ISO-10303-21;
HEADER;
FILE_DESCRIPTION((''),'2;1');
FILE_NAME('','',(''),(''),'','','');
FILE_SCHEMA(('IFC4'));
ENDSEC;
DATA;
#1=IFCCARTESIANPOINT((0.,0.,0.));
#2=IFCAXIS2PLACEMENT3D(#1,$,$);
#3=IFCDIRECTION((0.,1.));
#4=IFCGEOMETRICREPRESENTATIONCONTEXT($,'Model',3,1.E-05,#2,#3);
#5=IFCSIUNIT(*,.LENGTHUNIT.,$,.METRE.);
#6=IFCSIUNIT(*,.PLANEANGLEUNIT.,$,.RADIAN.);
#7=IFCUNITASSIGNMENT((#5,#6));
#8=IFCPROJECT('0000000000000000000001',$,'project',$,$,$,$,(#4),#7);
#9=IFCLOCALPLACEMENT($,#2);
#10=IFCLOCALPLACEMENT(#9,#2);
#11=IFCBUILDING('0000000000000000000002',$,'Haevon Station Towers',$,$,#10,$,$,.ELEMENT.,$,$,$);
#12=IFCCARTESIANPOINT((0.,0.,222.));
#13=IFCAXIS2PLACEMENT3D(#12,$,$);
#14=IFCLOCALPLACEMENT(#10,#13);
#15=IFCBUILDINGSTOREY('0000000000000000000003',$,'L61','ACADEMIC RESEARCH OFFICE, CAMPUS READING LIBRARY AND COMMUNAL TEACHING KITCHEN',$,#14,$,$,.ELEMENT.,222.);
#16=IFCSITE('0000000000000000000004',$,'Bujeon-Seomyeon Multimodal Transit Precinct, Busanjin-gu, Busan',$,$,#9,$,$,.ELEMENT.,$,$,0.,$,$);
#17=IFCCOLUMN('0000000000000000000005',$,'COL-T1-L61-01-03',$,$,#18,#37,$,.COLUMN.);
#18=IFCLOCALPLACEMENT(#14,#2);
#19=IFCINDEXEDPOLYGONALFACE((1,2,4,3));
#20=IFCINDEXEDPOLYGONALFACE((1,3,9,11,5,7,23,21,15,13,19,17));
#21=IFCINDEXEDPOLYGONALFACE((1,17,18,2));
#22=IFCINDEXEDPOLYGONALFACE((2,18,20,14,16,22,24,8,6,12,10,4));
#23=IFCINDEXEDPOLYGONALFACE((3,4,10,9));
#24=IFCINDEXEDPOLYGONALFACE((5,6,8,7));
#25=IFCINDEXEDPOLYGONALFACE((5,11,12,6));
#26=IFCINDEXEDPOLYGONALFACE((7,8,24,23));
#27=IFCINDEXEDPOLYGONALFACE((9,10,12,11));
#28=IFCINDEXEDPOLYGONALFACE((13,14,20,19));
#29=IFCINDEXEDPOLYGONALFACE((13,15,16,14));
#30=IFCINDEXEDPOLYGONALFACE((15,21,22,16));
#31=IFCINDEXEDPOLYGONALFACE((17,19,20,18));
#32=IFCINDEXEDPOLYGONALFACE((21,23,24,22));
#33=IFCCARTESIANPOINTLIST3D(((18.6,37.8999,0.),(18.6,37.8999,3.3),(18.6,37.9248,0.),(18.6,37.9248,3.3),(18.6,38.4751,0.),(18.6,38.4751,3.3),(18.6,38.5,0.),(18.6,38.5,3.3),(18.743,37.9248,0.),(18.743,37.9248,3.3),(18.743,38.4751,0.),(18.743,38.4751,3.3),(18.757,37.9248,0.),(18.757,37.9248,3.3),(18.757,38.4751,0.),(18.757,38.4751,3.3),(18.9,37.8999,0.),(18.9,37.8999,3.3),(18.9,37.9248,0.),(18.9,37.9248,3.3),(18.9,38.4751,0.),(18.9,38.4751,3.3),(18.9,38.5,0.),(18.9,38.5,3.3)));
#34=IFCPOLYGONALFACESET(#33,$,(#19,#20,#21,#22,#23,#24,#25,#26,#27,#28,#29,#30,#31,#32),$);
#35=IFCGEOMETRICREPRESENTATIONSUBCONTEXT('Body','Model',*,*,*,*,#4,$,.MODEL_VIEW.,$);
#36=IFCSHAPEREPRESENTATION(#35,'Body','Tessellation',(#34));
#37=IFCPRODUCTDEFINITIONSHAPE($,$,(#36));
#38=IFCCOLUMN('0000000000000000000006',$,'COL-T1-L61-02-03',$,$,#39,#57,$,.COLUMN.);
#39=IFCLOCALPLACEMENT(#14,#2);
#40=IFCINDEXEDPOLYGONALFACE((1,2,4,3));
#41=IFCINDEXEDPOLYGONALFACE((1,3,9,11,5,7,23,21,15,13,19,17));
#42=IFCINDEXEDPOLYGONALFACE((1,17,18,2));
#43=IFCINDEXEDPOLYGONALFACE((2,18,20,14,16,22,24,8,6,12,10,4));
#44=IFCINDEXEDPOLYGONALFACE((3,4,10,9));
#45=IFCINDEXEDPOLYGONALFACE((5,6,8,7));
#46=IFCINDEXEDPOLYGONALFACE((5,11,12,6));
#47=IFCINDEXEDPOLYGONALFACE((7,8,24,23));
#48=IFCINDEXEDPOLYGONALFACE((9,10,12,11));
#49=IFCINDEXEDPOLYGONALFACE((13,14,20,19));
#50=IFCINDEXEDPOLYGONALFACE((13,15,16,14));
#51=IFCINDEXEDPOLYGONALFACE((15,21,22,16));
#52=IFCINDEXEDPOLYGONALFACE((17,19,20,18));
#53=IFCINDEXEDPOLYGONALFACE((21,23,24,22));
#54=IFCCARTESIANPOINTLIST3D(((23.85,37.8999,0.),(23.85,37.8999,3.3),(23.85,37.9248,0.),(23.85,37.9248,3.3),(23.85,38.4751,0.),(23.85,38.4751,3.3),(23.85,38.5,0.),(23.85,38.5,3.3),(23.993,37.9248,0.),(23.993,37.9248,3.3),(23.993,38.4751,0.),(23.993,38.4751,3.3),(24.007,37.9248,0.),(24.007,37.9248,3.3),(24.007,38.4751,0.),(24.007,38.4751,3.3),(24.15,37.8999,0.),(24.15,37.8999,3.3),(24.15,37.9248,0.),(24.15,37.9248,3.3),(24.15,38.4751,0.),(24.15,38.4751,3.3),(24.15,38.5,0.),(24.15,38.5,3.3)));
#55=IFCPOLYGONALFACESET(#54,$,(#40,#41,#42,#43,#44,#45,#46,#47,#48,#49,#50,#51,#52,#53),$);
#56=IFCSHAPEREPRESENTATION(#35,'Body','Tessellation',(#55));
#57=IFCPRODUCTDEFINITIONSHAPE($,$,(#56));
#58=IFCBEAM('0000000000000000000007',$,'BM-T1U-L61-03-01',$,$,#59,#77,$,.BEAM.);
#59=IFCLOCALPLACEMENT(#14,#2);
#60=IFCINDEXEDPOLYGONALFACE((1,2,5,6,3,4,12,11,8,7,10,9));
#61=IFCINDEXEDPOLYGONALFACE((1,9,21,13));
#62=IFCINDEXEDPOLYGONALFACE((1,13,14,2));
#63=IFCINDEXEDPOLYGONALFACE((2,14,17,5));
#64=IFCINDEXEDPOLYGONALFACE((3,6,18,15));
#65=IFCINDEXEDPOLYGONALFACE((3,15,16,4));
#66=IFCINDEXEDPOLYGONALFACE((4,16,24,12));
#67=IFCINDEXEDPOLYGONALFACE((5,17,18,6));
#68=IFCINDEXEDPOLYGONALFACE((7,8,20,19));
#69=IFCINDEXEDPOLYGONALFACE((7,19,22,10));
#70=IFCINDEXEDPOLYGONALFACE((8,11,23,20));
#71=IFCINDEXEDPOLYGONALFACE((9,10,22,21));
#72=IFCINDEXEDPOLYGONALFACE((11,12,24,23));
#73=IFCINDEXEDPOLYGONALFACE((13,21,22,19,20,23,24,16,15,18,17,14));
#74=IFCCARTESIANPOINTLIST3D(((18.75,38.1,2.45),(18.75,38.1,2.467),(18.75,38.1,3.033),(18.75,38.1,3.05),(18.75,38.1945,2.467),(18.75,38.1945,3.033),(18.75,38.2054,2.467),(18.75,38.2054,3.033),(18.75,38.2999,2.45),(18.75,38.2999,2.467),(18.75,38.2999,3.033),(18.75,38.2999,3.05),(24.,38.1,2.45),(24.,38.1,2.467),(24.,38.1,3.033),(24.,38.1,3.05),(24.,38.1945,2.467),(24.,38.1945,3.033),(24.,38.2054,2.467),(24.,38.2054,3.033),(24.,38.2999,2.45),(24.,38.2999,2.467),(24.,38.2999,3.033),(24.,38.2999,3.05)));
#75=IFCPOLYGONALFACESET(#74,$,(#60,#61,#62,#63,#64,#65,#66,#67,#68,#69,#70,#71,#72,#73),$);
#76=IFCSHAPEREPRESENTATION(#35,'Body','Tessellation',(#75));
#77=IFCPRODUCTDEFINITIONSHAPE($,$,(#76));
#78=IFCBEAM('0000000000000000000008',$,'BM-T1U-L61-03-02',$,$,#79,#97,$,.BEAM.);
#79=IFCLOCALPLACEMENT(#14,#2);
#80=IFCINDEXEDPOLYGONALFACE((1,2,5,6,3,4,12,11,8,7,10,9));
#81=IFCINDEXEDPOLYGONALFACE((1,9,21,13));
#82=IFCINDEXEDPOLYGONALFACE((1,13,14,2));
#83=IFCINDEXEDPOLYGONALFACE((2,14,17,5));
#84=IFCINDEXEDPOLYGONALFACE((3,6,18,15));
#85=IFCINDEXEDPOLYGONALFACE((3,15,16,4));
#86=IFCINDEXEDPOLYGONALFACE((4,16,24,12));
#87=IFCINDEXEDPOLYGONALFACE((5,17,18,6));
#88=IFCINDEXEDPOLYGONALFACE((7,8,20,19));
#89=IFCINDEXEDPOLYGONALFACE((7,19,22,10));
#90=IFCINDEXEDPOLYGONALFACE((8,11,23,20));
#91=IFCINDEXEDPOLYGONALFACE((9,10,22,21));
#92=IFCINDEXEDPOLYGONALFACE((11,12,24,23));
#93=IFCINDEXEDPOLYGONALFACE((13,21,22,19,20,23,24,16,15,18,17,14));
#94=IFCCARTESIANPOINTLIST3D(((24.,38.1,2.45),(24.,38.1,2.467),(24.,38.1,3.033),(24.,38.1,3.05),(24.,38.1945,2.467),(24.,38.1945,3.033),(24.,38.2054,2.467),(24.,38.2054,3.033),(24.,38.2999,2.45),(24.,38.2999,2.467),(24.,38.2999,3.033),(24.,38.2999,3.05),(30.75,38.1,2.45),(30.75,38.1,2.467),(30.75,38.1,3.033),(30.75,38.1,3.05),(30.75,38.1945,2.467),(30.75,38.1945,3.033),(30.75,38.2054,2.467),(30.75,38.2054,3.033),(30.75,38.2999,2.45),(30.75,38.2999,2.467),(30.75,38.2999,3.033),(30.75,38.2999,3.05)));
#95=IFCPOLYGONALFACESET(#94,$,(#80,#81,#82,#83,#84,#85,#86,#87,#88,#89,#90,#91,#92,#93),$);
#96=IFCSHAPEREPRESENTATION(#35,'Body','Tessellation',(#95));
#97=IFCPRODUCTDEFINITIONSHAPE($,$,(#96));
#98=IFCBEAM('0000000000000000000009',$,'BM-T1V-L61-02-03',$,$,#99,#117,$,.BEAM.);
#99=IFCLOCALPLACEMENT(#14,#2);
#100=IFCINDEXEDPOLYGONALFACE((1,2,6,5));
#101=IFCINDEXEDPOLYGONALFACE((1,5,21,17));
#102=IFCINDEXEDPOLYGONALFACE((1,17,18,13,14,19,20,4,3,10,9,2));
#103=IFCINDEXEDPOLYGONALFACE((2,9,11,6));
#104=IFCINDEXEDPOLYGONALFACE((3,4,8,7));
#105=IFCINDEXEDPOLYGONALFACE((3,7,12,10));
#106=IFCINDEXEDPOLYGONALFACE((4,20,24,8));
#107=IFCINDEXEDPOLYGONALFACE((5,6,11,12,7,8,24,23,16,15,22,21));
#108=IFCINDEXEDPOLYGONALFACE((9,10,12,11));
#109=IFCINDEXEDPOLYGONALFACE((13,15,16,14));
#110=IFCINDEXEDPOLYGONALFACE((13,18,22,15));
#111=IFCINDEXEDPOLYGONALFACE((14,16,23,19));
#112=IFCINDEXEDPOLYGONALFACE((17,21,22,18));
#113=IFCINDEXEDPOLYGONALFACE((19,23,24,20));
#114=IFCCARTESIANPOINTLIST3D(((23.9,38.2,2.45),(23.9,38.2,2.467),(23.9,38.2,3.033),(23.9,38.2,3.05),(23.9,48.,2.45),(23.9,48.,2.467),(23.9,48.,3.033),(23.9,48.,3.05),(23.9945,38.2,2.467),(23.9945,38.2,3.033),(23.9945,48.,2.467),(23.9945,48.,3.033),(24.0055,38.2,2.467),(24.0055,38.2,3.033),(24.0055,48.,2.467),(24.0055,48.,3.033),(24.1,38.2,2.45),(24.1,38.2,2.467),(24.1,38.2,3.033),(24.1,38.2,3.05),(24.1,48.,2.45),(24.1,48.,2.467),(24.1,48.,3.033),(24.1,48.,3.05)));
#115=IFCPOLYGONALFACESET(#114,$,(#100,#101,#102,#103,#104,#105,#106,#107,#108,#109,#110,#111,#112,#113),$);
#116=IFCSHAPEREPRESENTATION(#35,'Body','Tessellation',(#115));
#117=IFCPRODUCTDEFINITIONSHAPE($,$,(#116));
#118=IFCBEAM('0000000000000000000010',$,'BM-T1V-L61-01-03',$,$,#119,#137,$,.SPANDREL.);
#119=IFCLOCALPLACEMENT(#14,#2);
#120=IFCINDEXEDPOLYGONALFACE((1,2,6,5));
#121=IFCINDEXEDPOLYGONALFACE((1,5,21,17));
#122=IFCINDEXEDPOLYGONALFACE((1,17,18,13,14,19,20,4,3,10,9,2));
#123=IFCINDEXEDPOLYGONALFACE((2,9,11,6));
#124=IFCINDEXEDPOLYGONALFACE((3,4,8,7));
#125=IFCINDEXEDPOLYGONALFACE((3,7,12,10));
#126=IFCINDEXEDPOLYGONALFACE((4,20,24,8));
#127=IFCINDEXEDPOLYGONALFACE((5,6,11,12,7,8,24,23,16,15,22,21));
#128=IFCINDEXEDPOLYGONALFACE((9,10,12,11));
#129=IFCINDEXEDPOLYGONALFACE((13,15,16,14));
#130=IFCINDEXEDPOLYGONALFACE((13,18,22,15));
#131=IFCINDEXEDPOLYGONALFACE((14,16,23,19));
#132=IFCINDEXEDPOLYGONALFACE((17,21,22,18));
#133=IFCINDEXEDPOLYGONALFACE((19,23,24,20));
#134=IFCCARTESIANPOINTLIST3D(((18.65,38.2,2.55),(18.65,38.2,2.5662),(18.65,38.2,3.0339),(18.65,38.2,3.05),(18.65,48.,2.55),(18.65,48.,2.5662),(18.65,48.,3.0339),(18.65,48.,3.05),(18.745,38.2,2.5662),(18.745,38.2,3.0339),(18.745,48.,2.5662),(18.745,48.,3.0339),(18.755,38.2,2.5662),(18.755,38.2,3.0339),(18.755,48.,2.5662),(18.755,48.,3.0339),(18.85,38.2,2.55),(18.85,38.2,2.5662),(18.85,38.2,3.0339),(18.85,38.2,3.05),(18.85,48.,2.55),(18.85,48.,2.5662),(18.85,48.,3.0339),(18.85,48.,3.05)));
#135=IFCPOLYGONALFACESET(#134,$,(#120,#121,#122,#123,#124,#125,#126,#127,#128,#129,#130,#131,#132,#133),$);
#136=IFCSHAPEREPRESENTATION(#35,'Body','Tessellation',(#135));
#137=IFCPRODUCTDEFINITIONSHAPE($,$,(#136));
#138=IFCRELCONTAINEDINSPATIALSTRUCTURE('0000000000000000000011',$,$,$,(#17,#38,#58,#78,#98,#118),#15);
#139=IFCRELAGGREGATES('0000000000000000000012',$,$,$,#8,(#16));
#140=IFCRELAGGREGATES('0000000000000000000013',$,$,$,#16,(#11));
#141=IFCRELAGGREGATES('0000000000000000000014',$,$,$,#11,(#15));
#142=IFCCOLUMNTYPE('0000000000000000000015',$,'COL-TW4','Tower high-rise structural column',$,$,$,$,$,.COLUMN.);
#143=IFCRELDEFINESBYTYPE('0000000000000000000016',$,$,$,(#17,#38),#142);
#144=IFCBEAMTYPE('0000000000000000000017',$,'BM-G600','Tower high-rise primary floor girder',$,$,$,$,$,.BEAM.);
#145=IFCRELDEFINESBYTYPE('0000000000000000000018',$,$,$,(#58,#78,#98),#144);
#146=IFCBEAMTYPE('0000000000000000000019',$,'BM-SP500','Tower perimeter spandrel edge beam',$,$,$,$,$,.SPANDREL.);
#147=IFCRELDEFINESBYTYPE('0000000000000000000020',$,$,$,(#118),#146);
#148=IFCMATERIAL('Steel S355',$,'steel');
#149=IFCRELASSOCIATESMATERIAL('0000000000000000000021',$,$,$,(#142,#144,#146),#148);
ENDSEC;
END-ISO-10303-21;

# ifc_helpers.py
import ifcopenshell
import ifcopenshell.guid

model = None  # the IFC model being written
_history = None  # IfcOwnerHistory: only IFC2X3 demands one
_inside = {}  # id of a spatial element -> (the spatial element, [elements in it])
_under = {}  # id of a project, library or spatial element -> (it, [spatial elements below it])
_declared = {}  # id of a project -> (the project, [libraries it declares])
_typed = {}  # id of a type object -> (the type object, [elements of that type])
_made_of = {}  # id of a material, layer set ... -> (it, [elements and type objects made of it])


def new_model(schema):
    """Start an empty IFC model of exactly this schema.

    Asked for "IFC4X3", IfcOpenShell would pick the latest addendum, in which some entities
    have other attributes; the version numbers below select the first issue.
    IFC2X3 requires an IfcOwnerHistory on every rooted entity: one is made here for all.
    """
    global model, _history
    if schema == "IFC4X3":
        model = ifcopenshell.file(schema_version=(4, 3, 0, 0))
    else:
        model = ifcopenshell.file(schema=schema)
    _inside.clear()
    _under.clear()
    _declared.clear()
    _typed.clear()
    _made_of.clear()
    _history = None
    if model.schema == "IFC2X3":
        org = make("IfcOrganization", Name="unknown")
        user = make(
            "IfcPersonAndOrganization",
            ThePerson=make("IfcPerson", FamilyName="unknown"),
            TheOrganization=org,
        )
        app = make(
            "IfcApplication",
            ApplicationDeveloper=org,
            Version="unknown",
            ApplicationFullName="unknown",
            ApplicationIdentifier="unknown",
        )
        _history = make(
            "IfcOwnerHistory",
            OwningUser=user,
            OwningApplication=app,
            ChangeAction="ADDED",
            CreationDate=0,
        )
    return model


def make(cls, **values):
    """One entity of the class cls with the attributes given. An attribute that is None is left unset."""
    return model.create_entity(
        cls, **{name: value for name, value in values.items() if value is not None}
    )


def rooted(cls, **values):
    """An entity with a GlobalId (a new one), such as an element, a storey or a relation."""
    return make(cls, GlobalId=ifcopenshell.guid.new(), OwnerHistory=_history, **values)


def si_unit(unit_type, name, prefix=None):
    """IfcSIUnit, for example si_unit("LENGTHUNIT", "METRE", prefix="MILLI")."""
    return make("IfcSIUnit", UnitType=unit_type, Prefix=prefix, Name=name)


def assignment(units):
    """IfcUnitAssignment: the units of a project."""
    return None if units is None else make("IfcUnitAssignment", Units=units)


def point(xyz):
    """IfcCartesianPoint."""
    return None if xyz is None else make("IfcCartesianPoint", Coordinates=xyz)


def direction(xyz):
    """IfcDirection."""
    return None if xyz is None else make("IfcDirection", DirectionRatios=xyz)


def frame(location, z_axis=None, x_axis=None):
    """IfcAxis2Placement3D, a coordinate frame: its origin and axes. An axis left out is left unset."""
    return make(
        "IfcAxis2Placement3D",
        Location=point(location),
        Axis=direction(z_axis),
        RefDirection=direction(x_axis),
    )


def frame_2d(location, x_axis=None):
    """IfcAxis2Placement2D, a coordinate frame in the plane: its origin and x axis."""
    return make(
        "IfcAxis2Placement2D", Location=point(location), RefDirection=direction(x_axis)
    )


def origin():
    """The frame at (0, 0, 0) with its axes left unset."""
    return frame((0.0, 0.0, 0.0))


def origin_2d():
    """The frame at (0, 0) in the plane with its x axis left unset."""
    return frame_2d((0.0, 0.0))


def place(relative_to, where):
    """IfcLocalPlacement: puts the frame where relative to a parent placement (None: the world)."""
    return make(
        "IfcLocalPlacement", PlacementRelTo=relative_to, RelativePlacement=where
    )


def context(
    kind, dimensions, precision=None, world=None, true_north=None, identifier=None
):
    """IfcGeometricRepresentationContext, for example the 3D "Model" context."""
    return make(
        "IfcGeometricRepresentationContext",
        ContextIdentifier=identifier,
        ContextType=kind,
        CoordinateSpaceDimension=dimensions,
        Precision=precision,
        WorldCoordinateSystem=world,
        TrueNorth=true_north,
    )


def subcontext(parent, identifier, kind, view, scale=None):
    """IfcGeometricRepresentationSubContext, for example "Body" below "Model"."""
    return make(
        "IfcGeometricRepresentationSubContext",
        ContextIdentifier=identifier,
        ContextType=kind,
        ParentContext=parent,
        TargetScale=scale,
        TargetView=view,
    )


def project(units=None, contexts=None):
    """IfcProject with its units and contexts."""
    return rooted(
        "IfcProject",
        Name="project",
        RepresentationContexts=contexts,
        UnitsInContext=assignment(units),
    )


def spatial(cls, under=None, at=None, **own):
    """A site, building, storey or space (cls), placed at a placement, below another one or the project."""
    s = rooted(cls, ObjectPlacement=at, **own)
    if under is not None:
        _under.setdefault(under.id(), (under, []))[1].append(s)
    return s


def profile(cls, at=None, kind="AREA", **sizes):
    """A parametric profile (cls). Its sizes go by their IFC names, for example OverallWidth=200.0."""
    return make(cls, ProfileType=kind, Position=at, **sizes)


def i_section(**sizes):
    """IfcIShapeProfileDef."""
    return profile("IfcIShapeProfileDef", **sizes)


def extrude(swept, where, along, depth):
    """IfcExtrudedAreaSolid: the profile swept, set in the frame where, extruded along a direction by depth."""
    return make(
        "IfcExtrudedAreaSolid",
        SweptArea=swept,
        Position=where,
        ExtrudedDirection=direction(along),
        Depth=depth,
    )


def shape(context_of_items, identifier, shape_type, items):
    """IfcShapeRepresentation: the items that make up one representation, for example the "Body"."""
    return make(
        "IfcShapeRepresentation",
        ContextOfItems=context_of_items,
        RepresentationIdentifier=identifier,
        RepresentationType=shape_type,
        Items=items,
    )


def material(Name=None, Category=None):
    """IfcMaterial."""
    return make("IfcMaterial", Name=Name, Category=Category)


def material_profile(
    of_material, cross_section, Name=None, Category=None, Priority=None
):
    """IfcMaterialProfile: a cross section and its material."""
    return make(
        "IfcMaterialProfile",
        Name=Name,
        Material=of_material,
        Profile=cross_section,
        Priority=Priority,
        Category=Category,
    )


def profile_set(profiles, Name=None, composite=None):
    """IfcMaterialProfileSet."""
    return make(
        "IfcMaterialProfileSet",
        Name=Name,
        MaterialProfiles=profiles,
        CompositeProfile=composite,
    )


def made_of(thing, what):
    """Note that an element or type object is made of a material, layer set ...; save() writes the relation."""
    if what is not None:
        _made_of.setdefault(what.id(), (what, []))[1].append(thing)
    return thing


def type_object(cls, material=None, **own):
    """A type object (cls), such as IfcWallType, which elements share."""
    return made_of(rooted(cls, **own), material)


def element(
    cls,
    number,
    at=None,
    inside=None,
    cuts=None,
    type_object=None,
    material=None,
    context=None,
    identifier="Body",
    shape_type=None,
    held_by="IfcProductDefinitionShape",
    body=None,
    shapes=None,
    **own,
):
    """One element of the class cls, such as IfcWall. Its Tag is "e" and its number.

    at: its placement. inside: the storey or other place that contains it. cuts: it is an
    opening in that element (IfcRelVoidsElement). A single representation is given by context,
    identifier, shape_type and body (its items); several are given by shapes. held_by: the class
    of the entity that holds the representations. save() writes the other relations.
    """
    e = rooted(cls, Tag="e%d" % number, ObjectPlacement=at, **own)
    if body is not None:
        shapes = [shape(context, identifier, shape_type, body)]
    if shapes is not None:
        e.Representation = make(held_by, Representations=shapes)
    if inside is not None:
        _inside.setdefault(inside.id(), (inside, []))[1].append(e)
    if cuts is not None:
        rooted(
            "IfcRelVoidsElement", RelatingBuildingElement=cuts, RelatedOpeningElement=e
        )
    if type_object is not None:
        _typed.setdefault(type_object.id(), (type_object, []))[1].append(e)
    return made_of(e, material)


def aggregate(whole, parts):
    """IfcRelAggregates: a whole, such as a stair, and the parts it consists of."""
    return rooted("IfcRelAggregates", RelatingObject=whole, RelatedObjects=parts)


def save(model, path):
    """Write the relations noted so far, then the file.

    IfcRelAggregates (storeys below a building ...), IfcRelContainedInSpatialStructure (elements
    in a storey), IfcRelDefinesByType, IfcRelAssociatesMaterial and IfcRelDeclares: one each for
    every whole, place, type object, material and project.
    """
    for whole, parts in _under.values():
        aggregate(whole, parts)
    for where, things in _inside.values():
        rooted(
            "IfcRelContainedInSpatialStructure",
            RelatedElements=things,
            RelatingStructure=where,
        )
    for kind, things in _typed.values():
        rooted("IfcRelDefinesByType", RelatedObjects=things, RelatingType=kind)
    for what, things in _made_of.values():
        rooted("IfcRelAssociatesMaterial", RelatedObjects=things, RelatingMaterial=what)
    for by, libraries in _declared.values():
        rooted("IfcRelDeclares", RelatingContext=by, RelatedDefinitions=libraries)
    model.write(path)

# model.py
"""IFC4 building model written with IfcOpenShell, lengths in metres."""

from ifc_helpers import new_model, si_unit, direction, frame, origin, origin_2d, place, context, subcontext, project, spatial, i_section, extrude, material, material_profile, profile_set, type_object, element, save


model = new_model("IFC4")

# Units and contexts
model_context = context("Model", 3, precision=1e-05, world=origin(), true_north=direction((0.0, 1.0)))
body_context = subcontext(model_context, "Body", "Model", "MODEL_VIEW")
ifc_project = project(units=[si_unit("LENGTHUNIT", "METRE"), si_unit("PLANEANGLEUNIT", "RADIAN")], contexts=[model_context])

# Site, building, storey
site_placement = place(None, origin())
site = spatial("IfcSite", under=ifc_project, at=site_placement, Name="Bujeon-Seomyeon Multimodal Transit Precinct, Busanjin-gu, Busan", CompositionType="ELEMENT", RefElevation=0.0)
building_placement = place(site_placement, origin())
building = spatial("IfcBuilding", under=site, at=building_placement, Name="Haevon Station Towers", CompositionType="ELEMENT")
storey_placement = place(building_placement, frame((0.0, 0.0, 222.0)))
storey = spatial("IfcBuildingStorey", under=building, at=storey_placement, Name="L61", Description="ACADEMIC RESEARCH OFFICE, CAMPUS READING LIBRARY AND COMMUNAL TEACHING KITCHEN", CompositionType="ELEMENT", Elevation=222.0)

# Columns
ifc_material_1 = material(Name="Steel S355", Category="steel")
ifc_material_profile_1 = material_profile(ifc_material_1, i_section(OverallWidth=0.3, OverallDepth=0.6001, WebThickness=0.0139, FlangeThickness=0.0249, at=origin_2d()), Name="H-600x300x14x25")
ifc_profile_set_1 = profile_set([ifc_material_profile_1], Name="Steel S355")
column_type = type_object("IfcColumnType", Name="COL-TW4", Description="Tower high-rise structural column", PredefinedType="COLUMN", material=ifc_profile_set_1)
for number, where, z_axis, x_axis, name in (
    (1, (18.75, 38.2, 0.0), (0.0, 0.0, 1.0), (1.0, 0.0, 0.0), "COL-T1-L61-01-03"),
    (2, (24.0, 38.2, 0.0), (0.0, 0.0, 1.0), (1.0, 0.0, 0.0), "COL-T1-L61-02-03"),
):
    element("IfcColumn", number, at=place(storey_placement, frame(where, z_axis=z_axis, x_axis=x_axis)), inside=storey, type_object=column_type, Name=name, PredefinedType="COLUMN", context=body_context, shape_type="SweptSolid", body=[
        extrude(i_section(OverallWidth=0.3, OverallDepth=0.6001, WebThickness=0.0139, FlangeThickness=0.0249, at=origin_2d()), origin(), (0.0, 0.0, 1.0), 3.3),
    ])

# Beams
ifc_material_profile_2 = material_profile(ifc_material_1, i_section(OverallWidth=0.2, OverallDepth=0.6001, WebThickness=0.011, FlangeThickness=0.0171, at=origin_2d()), Name="H-600x200x11x17")
ifc_profile_set_2 = profile_set([ifc_material_profile_2], Name="Steel S355")
beam_type_1 = type_object("IfcBeamType", Name="BM-G600", Description="Tower high-rise primary floor girder", PredefinedType="BEAM", material=ifc_profile_set_2)
beam_1_placement = place(storey_placement, frame((18.75, 38.2, 2.75), z_axis=(1.0, 0.0, 0.0), x_axis=(0.0, 1.0, 0.0)))
element("IfcBeam", 3, at=beam_1_placement, inside=storey, type_object=beam_type_1, Name="BM-T1U-L61-03-01", PredefinedType="BEAM", context=body_context, shape_type="SweptSolid", body=[
    extrude(i_section(OverallWidth=0.2, OverallDepth=0.6001, WebThickness=0.011, FlangeThickness=0.0171, at=origin_2d()), origin(), (0.0, 0.0, 1.0), 5.25),
])
beam_2_placement = place(storey_placement, frame((24.0, 38.2, 2.75), z_axis=(1.0, 0.0, 0.0), x_axis=(0.0, 1.0, 0.0)))
element("IfcBeam", 4, at=beam_2_placement, inside=storey, type_object=beam_type_1, Name="BM-T1U-L61-03-02", PredefinedType="BEAM", context=body_context, shape_type="SweptSolid", body=[
    extrude(i_section(OverallWidth=0.2, OverallDepth=0.6001, WebThickness=0.011, FlangeThickness=0.0171, at=origin_2d()), origin(), (0.0, 0.0, 1.0), 6.75),
])
beam_3_placement = place(storey_placement, frame((24.0, 38.2, 2.75), z_axis=(0.0, 1.0, 0.0), x_axis=(-1.0, 0.0, 0.0)))
element("IfcBeam", 5, at=beam_3_placement, inside=storey, type_object=beam_type_1, Name="BM-T1V-L61-02-03", PredefinedType="BEAM", context=body_context, shape_type="SweptSolid", body=[
    extrude(i_section(OverallWidth=0.2, OverallDepth=0.6001, WebThickness=0.011, FlangeThickness=0.0171, at=origin_2d()), origin(), (0.0, 0.0, 1.0), 9.8),
])
ifc_material_profile_3 = material_profile(ifc_material_1, i_section(OverallWidth=0.2, OverallDepth=0.5, WebThickness=0.01, FlangeThickness=0.0161, at=origin_2d()), Name="H-500x200x10x16")
ifc_profile_set_3 = profile_set([ifc_material_profile_3], Name="Steel S355")
beam_type_2 = type_object("IfcBeamType", Name="BM-SP500", Description="Tower perimeter spandrel edge beam", PredefinedType="SPANDREL", material=ifc_profile_set_3)
beam_4_placement = place(storey_placement, frame((18.75, 38.2, 2.8), z_axis=(0.0, 1.0, 0.0), x_axis=(-1.0, 0.0, 0.0)))
element("IfcBeam", 6, at=beam_4_placement, inside=storey, type_object=beam_type_2, Name="BM-T1V-L61-01-03", PredefinedType="SPANDREL", context=body_context, shape_type="SweptSolid", body=[
    extrude(i_section(OverallWidth=0.2, OverallDepth=0.5, WebThickness=0.01, FlangeThickness=0.0161, at=origin_2d()), origin(), (0.0, 0.0, 1.0), 9.8),
])

save(model, "model.ifc")
